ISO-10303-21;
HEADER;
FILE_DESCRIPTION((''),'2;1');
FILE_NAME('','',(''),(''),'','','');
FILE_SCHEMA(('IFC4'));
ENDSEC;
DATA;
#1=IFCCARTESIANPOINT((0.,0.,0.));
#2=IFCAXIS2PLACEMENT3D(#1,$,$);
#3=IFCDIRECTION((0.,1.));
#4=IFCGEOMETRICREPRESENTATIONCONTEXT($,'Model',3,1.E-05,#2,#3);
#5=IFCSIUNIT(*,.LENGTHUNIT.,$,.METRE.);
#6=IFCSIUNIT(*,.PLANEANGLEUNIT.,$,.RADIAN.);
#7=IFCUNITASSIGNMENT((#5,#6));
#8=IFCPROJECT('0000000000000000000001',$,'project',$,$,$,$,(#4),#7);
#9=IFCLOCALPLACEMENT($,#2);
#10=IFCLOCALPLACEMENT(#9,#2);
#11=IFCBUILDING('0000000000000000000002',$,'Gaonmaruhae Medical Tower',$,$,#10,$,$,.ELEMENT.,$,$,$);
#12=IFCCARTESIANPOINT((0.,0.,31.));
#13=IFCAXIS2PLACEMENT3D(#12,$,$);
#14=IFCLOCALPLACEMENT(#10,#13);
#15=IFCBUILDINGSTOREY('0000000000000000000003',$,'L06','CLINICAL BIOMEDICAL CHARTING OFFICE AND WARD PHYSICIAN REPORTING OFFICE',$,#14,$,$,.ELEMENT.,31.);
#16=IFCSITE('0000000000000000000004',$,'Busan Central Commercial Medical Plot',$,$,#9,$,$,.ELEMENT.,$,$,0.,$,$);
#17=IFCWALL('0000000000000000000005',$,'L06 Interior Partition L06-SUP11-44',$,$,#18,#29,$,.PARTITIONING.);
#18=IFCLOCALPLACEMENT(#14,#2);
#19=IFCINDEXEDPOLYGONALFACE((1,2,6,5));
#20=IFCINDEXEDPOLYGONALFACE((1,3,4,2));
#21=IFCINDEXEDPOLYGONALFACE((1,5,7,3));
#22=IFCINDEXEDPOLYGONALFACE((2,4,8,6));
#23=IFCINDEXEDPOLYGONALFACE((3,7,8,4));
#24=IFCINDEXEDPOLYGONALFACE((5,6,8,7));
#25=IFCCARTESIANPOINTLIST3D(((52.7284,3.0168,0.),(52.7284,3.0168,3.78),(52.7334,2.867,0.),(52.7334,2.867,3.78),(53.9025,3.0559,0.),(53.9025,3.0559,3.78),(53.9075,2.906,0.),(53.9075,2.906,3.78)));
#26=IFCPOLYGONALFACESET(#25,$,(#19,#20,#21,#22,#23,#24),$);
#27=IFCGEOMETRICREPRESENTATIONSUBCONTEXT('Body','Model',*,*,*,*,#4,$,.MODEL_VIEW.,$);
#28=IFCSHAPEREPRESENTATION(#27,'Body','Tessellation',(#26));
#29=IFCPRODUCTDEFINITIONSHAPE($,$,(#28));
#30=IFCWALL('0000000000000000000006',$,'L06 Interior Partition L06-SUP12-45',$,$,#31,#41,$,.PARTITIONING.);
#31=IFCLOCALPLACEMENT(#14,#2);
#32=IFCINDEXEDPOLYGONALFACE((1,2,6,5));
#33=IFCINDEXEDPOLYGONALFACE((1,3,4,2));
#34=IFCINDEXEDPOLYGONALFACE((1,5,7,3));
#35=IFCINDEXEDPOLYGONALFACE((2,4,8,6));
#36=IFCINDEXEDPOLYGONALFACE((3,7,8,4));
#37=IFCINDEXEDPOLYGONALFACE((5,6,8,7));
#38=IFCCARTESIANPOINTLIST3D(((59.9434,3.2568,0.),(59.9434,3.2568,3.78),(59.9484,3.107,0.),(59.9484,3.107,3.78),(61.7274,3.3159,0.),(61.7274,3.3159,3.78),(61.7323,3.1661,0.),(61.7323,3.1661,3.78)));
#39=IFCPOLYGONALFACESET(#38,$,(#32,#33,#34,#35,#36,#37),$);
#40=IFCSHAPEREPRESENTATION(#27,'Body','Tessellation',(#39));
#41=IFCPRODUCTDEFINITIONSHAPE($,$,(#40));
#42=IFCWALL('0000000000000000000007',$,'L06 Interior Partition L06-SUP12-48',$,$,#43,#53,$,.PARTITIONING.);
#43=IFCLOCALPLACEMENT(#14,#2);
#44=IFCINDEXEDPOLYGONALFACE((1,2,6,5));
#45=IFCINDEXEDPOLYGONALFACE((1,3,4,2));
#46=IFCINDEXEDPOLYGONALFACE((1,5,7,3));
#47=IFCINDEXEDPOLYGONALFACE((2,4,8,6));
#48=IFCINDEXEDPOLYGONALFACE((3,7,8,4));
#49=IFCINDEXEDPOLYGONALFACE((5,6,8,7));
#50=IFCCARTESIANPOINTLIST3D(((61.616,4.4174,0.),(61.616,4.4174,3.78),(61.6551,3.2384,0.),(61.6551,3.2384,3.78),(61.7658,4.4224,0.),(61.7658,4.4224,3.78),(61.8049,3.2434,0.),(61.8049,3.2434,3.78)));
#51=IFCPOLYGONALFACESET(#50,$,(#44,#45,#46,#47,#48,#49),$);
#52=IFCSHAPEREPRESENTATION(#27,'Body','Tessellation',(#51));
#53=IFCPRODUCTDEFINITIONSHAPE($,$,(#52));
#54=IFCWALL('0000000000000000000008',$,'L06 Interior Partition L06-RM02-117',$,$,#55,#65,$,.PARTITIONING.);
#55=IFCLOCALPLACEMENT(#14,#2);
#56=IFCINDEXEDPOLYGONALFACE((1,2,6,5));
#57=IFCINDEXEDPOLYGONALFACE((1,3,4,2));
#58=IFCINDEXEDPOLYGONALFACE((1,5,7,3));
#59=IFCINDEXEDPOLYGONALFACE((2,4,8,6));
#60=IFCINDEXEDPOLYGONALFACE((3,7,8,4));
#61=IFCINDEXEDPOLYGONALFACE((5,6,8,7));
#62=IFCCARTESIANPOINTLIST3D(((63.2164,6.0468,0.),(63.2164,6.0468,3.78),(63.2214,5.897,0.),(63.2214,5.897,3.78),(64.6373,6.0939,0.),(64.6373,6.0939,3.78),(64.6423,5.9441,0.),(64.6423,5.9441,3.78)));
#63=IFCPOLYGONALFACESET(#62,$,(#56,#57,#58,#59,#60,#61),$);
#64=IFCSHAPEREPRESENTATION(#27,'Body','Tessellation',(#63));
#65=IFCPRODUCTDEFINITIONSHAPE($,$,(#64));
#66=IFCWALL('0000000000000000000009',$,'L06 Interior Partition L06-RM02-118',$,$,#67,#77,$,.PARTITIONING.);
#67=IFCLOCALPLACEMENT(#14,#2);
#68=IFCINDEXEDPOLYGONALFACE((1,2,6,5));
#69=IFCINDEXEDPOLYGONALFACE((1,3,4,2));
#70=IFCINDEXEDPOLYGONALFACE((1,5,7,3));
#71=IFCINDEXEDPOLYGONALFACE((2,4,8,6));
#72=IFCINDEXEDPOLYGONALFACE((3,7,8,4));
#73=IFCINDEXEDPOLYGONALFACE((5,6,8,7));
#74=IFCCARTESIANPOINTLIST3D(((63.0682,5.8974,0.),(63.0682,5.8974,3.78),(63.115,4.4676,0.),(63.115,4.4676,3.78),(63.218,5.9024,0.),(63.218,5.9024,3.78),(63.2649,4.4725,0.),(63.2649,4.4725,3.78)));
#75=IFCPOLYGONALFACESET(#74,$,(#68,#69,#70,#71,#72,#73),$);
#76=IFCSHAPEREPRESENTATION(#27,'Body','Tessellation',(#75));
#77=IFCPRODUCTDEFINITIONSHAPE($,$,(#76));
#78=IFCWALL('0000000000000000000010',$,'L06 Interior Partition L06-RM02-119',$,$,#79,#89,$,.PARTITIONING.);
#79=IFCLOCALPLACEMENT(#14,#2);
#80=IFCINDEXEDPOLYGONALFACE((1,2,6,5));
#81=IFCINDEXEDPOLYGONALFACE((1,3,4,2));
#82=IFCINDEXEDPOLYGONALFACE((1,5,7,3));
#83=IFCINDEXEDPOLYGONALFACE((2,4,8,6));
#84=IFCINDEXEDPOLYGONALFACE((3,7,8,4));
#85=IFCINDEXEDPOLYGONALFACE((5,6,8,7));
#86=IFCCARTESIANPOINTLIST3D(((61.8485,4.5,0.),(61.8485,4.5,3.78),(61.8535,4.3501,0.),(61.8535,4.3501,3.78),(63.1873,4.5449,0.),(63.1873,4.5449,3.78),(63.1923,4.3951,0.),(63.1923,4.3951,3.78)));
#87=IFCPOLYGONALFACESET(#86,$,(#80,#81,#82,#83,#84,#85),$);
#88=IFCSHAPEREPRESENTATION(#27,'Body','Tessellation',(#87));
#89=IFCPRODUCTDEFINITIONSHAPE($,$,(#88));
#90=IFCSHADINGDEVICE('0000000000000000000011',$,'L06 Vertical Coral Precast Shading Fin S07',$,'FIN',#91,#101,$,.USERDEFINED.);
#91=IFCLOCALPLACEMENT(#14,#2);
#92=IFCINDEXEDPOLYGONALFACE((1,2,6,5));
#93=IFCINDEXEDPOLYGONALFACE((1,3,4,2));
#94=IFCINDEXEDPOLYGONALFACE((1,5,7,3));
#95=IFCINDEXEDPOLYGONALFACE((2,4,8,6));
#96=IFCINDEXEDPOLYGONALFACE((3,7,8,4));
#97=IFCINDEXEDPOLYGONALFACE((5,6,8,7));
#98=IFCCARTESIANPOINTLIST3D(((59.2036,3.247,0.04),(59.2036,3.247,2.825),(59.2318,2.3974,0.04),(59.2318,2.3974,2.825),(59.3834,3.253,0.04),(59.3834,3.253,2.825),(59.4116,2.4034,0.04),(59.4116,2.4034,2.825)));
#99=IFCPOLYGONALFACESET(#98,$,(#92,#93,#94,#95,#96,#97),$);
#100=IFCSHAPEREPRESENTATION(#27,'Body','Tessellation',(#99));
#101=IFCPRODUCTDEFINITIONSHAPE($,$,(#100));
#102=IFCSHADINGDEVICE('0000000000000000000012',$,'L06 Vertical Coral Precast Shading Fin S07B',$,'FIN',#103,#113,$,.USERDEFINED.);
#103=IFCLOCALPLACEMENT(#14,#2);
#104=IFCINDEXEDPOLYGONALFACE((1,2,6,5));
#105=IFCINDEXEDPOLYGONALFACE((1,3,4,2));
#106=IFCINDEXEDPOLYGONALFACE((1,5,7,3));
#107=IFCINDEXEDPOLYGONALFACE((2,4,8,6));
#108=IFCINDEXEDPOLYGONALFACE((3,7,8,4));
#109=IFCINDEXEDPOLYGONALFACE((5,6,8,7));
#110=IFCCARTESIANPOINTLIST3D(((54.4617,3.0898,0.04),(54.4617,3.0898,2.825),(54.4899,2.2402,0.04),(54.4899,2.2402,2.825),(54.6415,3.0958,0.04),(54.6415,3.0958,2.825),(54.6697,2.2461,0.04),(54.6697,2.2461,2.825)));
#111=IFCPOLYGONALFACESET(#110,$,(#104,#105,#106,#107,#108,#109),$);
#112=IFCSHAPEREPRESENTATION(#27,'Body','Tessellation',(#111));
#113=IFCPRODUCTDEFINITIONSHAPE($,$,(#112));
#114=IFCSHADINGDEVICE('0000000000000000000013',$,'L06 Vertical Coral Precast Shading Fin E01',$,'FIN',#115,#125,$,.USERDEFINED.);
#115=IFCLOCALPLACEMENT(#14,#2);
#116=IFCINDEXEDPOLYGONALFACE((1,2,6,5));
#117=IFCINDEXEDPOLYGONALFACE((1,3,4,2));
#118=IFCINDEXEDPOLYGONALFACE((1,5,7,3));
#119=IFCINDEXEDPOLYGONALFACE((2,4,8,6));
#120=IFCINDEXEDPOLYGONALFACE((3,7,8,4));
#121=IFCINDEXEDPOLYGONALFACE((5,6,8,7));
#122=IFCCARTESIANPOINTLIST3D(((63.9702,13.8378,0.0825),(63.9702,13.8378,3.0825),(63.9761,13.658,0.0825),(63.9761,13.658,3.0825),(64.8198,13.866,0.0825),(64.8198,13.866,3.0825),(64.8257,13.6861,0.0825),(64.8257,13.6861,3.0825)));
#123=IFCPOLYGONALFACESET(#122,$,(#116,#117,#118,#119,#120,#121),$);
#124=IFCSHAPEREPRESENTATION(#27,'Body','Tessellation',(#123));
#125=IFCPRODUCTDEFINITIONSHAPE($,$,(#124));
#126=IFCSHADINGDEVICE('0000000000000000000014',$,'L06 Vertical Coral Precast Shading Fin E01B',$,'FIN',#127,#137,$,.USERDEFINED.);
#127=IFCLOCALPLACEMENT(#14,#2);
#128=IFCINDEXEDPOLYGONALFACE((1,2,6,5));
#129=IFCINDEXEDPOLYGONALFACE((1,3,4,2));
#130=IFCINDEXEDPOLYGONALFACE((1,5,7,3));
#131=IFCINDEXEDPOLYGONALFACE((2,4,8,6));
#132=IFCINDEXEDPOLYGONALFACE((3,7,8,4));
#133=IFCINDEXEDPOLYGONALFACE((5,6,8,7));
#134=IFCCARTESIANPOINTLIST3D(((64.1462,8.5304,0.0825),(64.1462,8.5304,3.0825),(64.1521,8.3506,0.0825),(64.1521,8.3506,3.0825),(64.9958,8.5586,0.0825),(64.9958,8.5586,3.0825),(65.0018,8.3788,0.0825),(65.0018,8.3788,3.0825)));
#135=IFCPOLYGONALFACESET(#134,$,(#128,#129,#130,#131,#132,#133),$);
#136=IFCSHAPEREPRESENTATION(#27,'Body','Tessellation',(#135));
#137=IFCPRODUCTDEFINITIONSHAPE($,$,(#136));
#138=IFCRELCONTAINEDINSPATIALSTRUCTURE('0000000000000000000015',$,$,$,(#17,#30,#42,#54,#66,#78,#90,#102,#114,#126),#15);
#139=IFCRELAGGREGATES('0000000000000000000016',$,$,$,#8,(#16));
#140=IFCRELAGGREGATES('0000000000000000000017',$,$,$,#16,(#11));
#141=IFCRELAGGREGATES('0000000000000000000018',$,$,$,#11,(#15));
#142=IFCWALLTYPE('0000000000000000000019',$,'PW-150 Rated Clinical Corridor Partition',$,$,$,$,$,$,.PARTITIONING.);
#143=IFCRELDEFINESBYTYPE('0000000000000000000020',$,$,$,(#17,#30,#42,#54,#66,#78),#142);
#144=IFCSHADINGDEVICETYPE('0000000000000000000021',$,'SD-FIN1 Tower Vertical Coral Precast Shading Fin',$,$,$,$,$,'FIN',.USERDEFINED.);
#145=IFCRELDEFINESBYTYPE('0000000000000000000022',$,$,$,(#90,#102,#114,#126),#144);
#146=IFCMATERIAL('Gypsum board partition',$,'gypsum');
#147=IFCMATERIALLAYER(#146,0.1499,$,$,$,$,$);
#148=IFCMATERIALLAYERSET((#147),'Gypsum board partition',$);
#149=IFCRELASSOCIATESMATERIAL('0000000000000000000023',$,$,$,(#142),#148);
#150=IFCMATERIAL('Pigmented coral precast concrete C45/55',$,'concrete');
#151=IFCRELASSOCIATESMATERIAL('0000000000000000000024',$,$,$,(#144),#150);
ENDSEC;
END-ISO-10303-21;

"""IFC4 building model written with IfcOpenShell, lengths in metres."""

from ifc_helpers import new_model, si_unit, direction, frame, frame_2d, origin, origin_2d, place, context, subcontext, project, spatial, rectangle, extrude, material, layer, layer_set, type_object, element, save


model = new_model("IFC4")

# Units and contexts
model_context = context("Model", 3, precision=1e-05, world=origin(), true_north=direction((0.0, 1.0)))
body_context = subcontext(model_context, "Body", "Model", "MODEL_VIEW")
ifc_project = project(units=[si_unit("LENGTHUNIT", "METRE"), si_unit("PLANEANGLEUNIT", "RADIAN")], contexts=[model_context])

# Site, building, storey
site_placement = place(None, origin())
site = spatial("IfcSite", under=ifc_project, at=site_placement, Name="Busan Central Commercial Medical Plot", CompositionType="ELEMENT", RefElevation=0.0)
building_placement = place(site_placement, origin())
building = spatial("IfcBuilding", under=site, at=building_placement, Name="Gaonmaruhae Medical Tower", CompositionType="ELEMENT")
storey_placement = place(building_placement, frame((0.0, 0.0, 31.0)))
storey = spatial("IfcBuildingStorey", under=building, at=storey_placement, Name="L06", Description="CLINICAL BIOMEDICAL CHARTING OFFICE AND WARD PHYSICIAN REPORTING OFFICE", CompositionType="ELEMENT", Elevation=31.0)

# Walls
ifc_material_1 = material(Name="Gypsum board partition", Category="gypsum")
ifc_layer_1 = layer(ifc_material_1, 0.1499)
ifc_layer_set_1 = layer_set([ifc_layer_1], Name="Gypsum board partition")
wall_type_1 = type_object("IfcWallType", Name="PW-150 Rated Clinical Corridor Partition", PredefinedType="PARTITIONING", material=ifc_layer_set_1)
wall_1_placement = place(storey_placement, frame((53.905, 2.981, 0.0), z_axis=(0.0, 0.0, 1.0), x_axis=(-0.999447, -0.033253, 0.0)))
element("IfcWall", 1, at=wall_1_placement, inside=storey, type_object=wall_type_1, Name="L06 Interior Partition L06-SUP11-44", PredefinedType="PARTITIONING", context=body_context, shape_type="SweptSolid", body=[
    extrude(rectangle(XDim=1.1748, YDim=0.1499, at=frame_2d((0.5874, 0.0))), origin(), (0.0, 0.0, 1.0), 3.78),
])
wall_2_placement = place(storey_placement, frame((61.73, 3.241, 0.0), z_axis=(0.0, 0.0, 1.0), x_axis=(-0.999452, -0.033101, 0.0)))
element("IfcWall", 2, at=wall_2_placement, inside=storey, type_object=wall_type_1, Name="L06 Interior Partition L06-SUP12-45", PredefinedType="PARTITIONING", context=body_context, shape_type="SweptSolid", body=[
    extrude(rectangle(XDim=1.7849, YDim=0.1499, at=frame_2d((0.8926, 0.0))), origin(), (0.0, 0.0, 1.0), 3.78),
])
wall_3_placement = place(storey_placement, frame((61.6909, 4.4199, 0.0), z_axis=(0.0, 0.0, 1.0), x_axis=(0.033115, -0.999452, 0.0)))
element("IfcWall", 3, at=wall_3_placement, inside=storey, type_object=wall_type_1, Name="L06 Interior Partition L06-SUP12-48", PredefinedType="PARTITIONING", context=body_context, shape_type="SweptSolid", body=[
    extrude(rectangle(XDim=1.1797, YDim=0.1499, at=frame_2d((0.5898, 0.0))), origin(), (0.0, 0.0, 1.0), 3.78),
])
wall_4_placement = place(storey_placement, frame((64.6399, 6.019, 0.0), z_axis=(0.0, 0.0, 1.0), x_axis=(-0.999451, -0.033143, 0.0)))
element("IfcWall", 4, at=wall_4_placement, inside=storey, type_object=wall_type_1, Name="L06 Interior Partition L06-RM02-117", PredefinedType="PARTITIONING", context=body_context, shape_type="SweptSolid", body=[
    extrude(rectangle(XDim=1.4216, YDim=0.1499, at=frame_2d((0.7109, 0.0))), origin(), (0.0, 0.0, 1.0), 3.78),
])
wall_5_placement = place(storey_placement, frame((63.1431, 5.8999, 0.0), z_axis=(0.0, 0.0, 1.0), x_axis=(0.032764, -0.999463, 0.0)))
element("IfcWall", 5, at=wall_5_placement, inside=storey, type_object=wall_type_1, Name="L06 Interior Partition L06-RM02-118", PredefinedType="PARTITIONING", context=body_context, shape_type="SweptSolid", body=[
    extrude(rectangle(XDim=1.4307, YDim=0.1499, at=frame_2d((0.7153, 0.0))), origin(), (0.0, 0.0, 1.0), 3.78),
])
wall_6_placement = place(storey_placement, frame((63.1899, 4.47, 0.0), z_axis=(0.0, 0.0, 1.0), x_axis=(-0.999438, -0.033533, 0.0)))
element("IfcWall", 6, at=wall_6_placement, inside=storey, type_object=wall_type_1, Name="L06 Interior Partition L06-RM02-119", PredefinedType="PARTITIONING", context=body_context, shape_type="SweptSolid", body=[
    extrude(rectangle(XDim=1.3396, YDim=0.1499, at=frame_2d((0.6699, 0.0))), origin(), (0.0, 0.0, 1.0), 3.78),
])

# Shading devices
ifc_material_2 = material(Name="Pigmented coral precast concrete C45/55", Category="concrete")
shading_device_type = type_object("IfcShadingDeviceType", Name="SD-FIN1 Tower Vertical Coral Precast Shading Fin", ElementType="FIN", PredefinedType="USERDEFINED", material=ifc_material_2)
for number, where, z_axis, x_axis, name in (
    (7, (59.3076, 2.8252, 0.04), (0.0, 0.0, 1.0), (-0.99945, -0.033155, 0.0), "L06 Vertical Coral Precast Shading Fin S07"),
    (8, (54.5657, 2.668, 0.04), (0.0, 0.0, 1.0), (-0.99945, -0.033155, 0.0), "L06 Vertical Coral Precast Shading Fin S07B"),
):
    element("IfcShadingDevice", number, at=place(storey_placement, frame(where, z_axis=z_axis, x_axis=x_axis)), inside=storey, type_object=shading_device_type, Name=name, ObjectType="FIN", PredefinedType="USERDEFINED", context=body_context, shape_type="SweptSolid", body=[
        extrude(rectangle(XDim=0.1799, YDim=0.8501, at=origin_2d()), origin(), (0.0, 0.0, 1.0), 2.7849),
    ])
for number, where, z_axis, x_axis, name in (
    (9, (64.3979, 13.762, 0.0825), (0.0, 0.0, 1.0), (0.033138, -0.999451, 0.0), "L06 Vertical Coral Precast Shading Fin E01"),
    (10, (64.574, 8.4546, 0.0825), (0.0, 0.0, 1.0), (0.033138, -0.999451, 0.0), "L06 Vertical Coral Precast Shading Fin E01B"),
):
    element("IfcShadingDevice", number, at=place(storey_placement, frame(where, z_axis=z_axis, x_axis=x_axis)), inside=storey, type_object=shading_device_type, Name=name, ObjectType="FIN", PredefinedType="USERDEFINED", context=body_context, shape_type="SweptSolid", body=[
        extrude(rectangle(XDim=0.1799, YDim=0.8501, at=origin_2d()), origin(), (0.0, 0.0, 1.0), 3.0),
    ])

save(model, "model.ifc")
